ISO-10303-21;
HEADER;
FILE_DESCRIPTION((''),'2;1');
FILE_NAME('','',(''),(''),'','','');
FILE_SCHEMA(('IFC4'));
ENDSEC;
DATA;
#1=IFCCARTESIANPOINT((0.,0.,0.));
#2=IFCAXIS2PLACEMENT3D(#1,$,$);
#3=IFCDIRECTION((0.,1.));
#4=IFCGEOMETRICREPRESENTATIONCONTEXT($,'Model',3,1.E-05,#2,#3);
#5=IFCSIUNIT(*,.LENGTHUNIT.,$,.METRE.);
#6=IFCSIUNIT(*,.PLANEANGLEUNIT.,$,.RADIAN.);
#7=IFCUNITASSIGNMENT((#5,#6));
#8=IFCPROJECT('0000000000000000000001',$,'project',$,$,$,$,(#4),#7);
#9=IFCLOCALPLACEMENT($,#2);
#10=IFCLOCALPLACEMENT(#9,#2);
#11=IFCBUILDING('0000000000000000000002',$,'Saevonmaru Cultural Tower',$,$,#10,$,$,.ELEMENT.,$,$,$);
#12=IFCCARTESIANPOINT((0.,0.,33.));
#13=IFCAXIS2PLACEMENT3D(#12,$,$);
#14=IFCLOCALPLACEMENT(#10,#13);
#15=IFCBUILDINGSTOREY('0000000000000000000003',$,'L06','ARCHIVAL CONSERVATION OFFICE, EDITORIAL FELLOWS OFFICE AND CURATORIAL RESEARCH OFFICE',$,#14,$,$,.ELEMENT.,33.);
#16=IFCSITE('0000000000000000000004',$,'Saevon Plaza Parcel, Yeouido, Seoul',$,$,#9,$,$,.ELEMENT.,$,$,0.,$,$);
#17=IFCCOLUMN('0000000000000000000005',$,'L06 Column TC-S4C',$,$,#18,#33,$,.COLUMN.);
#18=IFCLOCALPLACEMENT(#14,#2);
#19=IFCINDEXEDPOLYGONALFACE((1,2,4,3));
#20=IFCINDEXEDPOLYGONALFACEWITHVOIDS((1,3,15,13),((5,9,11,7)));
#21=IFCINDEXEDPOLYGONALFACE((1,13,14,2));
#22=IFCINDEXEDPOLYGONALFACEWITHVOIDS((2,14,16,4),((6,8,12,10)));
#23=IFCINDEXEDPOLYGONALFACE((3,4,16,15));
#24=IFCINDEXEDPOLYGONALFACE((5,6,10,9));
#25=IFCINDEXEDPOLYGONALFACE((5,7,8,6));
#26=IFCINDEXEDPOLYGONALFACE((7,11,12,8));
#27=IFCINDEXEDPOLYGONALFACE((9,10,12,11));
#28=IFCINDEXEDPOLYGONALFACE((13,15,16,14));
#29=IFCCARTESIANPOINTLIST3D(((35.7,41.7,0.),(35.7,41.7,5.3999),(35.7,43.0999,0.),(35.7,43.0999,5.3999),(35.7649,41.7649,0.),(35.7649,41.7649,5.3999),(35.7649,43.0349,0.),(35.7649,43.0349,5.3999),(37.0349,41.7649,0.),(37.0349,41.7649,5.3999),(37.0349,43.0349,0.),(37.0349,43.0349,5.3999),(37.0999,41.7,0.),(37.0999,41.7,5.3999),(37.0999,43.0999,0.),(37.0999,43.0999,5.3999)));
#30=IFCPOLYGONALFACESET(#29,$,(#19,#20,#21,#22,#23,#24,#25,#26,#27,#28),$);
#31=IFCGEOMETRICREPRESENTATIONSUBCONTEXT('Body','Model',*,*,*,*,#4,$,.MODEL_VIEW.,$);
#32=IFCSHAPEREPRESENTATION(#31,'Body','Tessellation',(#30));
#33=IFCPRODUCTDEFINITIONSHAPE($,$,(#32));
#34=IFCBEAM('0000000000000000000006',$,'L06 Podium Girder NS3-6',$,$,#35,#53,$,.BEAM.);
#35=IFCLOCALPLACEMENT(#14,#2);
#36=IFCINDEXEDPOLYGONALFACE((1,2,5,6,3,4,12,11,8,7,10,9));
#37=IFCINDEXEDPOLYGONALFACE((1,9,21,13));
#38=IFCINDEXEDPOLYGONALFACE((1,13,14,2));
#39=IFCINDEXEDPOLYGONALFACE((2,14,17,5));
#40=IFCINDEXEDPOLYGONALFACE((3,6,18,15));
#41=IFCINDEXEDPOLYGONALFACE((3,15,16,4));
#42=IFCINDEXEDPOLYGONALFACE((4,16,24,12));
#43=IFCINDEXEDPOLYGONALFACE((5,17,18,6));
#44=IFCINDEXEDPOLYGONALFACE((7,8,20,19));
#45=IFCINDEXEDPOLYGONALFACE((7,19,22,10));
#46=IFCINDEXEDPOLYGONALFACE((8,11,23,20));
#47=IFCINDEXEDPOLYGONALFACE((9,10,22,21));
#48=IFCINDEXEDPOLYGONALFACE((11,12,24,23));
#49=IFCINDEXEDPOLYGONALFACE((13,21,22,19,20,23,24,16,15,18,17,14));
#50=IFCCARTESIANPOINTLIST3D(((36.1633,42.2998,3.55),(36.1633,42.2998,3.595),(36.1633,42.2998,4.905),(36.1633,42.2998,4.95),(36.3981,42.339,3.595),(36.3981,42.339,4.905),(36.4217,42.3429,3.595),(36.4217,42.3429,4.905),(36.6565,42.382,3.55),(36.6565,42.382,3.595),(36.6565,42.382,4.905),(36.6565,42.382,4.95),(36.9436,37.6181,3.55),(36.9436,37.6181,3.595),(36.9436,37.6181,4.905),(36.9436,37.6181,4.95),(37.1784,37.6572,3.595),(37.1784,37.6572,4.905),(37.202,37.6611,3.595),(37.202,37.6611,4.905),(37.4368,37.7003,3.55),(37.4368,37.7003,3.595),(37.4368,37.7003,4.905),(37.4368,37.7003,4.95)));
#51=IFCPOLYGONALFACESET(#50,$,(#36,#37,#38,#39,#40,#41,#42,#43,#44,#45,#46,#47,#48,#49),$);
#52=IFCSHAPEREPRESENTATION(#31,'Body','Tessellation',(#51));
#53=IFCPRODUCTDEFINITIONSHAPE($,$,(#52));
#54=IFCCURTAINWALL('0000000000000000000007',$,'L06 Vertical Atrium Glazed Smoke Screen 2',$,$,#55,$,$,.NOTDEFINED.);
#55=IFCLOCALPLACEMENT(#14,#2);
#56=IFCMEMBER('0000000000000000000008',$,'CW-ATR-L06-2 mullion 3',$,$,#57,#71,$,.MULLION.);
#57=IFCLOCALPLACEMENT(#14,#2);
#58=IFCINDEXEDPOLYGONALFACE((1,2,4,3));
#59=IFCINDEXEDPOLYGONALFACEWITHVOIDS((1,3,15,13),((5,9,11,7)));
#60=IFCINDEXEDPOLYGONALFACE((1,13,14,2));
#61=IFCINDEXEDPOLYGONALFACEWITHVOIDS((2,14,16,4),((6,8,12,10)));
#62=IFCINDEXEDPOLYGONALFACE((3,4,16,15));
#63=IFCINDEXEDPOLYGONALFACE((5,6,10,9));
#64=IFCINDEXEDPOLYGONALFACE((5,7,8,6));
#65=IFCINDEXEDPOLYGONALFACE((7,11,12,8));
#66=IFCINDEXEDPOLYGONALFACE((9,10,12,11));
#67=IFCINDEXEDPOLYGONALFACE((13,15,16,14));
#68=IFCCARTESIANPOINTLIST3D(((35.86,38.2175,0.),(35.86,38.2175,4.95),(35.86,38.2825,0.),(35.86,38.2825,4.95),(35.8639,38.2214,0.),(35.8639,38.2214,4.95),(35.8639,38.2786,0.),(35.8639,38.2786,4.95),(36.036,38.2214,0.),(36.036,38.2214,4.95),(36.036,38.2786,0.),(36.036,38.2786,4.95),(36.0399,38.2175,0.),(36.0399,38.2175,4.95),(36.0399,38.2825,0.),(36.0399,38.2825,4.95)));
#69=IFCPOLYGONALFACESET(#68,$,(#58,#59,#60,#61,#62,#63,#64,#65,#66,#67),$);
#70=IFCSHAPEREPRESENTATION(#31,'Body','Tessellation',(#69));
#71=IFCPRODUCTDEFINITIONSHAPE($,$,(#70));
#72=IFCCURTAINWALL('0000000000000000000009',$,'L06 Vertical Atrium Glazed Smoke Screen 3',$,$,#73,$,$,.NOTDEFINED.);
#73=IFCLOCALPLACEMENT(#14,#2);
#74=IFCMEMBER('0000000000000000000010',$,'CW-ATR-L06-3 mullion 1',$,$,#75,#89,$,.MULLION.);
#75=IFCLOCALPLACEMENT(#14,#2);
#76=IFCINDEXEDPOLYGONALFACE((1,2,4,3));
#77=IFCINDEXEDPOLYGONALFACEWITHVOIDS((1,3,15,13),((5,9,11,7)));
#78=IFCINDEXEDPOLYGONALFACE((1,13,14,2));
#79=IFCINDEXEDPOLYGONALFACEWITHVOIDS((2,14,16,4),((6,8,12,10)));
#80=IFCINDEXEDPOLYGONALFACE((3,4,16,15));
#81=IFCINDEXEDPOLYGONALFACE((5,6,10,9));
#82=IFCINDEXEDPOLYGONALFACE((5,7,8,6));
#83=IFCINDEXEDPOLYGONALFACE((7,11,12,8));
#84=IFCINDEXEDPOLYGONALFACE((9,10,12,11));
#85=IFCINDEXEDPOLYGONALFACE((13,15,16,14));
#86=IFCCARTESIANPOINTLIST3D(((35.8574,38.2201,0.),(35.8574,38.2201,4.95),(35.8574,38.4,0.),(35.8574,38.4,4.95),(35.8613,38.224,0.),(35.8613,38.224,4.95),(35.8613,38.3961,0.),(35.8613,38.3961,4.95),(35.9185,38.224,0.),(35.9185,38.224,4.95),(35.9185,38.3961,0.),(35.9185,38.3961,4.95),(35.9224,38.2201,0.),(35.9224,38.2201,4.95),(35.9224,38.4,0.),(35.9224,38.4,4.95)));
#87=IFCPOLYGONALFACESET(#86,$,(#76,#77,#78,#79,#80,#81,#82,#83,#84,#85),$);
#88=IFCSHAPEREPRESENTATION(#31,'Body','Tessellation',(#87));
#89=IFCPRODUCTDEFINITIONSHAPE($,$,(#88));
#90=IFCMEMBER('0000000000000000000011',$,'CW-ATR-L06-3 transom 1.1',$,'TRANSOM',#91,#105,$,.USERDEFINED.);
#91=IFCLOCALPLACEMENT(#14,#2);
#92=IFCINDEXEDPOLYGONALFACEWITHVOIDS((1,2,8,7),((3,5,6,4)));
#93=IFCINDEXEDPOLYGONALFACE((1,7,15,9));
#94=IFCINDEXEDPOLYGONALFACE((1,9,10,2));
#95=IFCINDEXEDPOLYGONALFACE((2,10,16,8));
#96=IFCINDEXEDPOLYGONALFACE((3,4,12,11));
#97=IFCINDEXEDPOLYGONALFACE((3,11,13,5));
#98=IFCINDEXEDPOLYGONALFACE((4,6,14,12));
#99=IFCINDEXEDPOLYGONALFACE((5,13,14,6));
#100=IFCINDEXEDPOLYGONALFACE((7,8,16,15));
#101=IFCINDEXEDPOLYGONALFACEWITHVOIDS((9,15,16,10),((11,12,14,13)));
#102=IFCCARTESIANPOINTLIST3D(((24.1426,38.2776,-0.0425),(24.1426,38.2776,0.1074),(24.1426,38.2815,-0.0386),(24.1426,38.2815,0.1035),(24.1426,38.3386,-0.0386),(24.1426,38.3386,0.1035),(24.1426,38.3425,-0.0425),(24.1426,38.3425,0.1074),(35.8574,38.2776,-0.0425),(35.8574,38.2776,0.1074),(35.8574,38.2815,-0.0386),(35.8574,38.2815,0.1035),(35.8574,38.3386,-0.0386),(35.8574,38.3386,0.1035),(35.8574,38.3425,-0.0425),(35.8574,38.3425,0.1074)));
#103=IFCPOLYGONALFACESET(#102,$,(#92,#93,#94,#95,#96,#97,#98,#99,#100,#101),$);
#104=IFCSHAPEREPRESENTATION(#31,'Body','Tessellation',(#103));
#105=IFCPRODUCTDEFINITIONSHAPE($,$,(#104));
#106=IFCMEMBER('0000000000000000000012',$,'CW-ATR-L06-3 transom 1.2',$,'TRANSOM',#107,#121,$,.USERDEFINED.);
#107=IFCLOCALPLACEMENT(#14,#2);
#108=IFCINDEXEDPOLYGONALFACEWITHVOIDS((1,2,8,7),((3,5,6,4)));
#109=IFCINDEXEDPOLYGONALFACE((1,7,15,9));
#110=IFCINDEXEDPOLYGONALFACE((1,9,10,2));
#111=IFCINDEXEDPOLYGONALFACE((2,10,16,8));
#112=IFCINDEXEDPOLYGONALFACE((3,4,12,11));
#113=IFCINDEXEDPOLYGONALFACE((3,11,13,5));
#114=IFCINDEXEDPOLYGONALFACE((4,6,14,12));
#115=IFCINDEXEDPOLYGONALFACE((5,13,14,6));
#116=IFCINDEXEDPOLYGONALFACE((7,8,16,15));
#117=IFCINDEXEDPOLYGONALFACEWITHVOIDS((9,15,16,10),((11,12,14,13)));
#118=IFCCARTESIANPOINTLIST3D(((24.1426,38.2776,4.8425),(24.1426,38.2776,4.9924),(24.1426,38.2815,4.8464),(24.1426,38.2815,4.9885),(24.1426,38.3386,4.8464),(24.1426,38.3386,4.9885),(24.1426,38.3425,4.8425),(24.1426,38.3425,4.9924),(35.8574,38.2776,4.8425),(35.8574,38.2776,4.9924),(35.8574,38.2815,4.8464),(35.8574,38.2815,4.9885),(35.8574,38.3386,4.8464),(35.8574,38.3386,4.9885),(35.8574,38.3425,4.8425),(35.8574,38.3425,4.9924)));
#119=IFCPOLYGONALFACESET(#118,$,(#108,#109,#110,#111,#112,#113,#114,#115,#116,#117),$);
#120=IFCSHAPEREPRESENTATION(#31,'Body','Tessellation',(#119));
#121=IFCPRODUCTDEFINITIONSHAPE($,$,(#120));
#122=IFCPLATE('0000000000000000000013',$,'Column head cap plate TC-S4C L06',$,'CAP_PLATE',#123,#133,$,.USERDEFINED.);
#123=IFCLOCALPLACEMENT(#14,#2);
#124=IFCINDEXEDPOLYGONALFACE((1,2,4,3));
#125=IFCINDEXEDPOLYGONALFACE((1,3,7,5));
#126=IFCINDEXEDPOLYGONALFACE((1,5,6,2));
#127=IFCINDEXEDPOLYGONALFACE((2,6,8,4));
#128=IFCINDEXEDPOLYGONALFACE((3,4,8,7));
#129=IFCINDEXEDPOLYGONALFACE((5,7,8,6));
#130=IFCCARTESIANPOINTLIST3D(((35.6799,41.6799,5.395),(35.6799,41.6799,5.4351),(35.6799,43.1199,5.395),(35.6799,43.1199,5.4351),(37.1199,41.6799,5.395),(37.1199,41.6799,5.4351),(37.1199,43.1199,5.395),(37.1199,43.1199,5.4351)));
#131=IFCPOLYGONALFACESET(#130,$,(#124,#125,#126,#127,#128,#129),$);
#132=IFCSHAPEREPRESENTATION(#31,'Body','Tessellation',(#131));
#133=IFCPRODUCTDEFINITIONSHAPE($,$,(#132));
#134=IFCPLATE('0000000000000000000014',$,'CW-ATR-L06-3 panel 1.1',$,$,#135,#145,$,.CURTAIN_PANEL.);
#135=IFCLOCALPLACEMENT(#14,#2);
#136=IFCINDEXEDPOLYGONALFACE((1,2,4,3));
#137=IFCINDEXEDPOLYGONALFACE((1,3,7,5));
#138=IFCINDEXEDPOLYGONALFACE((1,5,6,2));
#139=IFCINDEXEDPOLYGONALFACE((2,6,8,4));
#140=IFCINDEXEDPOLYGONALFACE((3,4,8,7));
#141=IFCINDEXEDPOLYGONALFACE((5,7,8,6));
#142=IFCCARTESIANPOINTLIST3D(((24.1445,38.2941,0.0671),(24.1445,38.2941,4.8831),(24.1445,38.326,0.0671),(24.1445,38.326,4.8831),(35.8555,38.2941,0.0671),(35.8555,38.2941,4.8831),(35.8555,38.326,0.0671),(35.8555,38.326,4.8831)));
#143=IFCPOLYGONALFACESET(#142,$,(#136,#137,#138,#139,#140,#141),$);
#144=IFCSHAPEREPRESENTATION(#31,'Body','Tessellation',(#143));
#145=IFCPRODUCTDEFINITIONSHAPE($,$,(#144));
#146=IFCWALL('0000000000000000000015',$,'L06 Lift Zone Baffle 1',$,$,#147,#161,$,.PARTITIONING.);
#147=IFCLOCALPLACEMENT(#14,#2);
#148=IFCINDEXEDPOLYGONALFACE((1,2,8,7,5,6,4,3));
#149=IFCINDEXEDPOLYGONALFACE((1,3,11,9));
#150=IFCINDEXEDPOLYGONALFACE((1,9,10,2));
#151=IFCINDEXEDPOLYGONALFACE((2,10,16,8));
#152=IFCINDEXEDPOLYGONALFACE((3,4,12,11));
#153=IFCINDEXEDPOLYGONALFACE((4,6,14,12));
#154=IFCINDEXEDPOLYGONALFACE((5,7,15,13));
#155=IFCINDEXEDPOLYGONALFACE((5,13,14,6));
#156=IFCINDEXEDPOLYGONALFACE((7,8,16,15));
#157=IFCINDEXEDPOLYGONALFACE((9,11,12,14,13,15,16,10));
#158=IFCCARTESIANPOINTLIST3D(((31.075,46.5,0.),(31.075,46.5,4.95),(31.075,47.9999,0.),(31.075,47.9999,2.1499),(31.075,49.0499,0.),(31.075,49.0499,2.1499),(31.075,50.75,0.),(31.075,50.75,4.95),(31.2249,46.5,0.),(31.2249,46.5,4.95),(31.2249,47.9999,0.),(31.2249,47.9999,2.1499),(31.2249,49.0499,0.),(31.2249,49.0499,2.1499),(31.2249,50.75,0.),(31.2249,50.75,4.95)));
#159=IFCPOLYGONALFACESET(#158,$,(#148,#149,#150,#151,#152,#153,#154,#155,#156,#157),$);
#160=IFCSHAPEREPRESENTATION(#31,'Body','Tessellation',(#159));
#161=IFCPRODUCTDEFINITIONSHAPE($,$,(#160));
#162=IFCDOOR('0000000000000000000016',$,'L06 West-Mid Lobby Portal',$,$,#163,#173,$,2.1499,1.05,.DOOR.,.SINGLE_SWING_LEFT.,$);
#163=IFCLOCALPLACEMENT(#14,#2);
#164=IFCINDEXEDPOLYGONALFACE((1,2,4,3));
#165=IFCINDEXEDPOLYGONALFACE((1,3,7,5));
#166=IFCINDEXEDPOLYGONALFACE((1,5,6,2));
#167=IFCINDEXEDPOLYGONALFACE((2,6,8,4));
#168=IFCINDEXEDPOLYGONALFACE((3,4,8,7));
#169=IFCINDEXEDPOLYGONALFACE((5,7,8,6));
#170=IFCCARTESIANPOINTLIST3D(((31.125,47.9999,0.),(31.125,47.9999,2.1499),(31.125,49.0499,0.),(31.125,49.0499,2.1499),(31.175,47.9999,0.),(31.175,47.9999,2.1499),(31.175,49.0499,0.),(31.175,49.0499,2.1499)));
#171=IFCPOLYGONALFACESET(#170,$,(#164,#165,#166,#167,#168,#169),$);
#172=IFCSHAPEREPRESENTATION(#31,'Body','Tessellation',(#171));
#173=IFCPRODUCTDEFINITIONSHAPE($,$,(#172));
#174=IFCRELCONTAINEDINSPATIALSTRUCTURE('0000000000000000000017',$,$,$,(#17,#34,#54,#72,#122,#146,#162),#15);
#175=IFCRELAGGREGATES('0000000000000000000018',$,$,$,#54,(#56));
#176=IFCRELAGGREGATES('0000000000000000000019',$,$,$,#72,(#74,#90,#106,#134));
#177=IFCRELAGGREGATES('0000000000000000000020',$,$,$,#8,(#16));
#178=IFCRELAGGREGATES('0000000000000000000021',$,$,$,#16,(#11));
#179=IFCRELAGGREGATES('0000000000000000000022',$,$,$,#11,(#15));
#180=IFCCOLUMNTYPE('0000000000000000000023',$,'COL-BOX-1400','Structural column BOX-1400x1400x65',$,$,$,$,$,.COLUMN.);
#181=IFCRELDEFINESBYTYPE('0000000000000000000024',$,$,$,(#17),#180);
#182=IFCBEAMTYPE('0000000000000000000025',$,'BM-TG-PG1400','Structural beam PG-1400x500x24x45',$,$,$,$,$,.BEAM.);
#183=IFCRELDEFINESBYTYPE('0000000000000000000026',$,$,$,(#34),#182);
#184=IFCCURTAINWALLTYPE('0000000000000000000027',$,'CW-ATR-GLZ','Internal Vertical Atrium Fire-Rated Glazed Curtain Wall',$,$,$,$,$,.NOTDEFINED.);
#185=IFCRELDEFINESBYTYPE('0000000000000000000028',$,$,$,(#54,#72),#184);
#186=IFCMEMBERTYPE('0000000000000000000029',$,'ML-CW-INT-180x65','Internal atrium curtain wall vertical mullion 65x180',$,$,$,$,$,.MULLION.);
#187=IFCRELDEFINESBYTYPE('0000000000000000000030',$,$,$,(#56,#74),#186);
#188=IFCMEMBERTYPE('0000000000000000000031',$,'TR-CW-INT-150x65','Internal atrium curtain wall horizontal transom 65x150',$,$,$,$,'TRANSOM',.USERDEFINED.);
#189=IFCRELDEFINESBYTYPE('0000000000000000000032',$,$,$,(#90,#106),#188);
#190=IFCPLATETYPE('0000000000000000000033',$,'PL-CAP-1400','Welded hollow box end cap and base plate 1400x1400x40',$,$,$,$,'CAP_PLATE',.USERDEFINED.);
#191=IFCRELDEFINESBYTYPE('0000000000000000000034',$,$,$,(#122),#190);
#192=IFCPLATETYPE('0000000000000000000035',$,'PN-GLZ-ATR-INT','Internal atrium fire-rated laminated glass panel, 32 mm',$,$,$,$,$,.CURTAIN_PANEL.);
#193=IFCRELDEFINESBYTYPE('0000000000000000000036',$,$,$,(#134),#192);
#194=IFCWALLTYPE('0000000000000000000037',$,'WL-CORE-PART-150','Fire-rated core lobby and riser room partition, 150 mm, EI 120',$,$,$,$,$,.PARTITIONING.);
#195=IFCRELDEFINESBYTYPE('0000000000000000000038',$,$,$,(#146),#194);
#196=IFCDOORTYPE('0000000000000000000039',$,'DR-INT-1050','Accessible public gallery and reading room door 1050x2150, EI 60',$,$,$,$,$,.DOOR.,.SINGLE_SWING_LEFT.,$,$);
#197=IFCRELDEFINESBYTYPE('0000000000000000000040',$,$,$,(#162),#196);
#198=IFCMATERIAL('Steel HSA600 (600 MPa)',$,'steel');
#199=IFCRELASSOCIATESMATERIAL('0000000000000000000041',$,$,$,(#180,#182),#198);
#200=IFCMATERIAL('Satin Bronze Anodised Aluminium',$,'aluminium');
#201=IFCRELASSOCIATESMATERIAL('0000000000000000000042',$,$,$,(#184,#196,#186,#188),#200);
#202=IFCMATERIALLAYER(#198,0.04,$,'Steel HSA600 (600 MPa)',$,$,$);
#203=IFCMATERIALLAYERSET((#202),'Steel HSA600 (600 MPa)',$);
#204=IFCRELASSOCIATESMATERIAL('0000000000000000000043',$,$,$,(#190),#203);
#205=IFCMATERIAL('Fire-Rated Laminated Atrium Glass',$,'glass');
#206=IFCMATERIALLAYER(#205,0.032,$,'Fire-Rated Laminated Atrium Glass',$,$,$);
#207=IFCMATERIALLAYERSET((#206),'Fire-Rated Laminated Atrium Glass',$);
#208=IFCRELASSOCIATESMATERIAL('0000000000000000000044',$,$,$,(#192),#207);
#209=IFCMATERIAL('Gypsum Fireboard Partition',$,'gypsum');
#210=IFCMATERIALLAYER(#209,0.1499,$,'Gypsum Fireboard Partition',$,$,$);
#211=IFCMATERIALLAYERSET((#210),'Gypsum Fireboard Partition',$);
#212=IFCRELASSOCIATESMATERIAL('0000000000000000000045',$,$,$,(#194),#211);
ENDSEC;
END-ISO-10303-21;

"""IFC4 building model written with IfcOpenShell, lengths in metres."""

from ifc_helpers import new_model, si_unit, direction, frame, frame_2d, origin, origin_2d, place, context, subcontext, project, spatial, rectangle, hollow_rectangle, i_section, extrude, material, layer, layer_set, material_profile, profile_set, type_object, element, fill, aggregate, save


model = new_model("IFC4")

# Units and contexts
model_context = context("Model", 3, precision=1e-05, world=origin(), true_north=direction((0.0, 1.0)))
body_context = subcontext(model_context, "Body", "Model", "MODEL_VIEW")
ifc_project = project(units=[si_unit("LENGTHUNIT", "METRE"), si_unit("PLANEANGLEUNIT", "RADIAN")], contexts=[model_context])

# Site, building, storey
site_placement = place(None, origin())
site = spatial("IfcSite", under=ifc_project, at=site_placement, Name="Saevon Plaza Parcel, Yeouido, Seoul", CompositionType="ELEMENT", RefElevation=0.0)
building_placement = place(site_placement, origin())
building = spatial("IfcBuilding", under=site, at=building_placement, Name="Saevonmaru Cultural Tower", CompositionType="ELEMENT")
storey_placement = place(building_placement, frame((0.0, 0.0, 33.0)))
storey = spatial("IfcBuildingStorey", under=building, at=storey_placement, Name="L06", Description="ARCHIVAL CONSERVATION OFFICE, EDITORIAL FELLOWS OFFICE AND CURATORIAL RESEARCH OFFICE", CompositionType="ELEMENT", Elevation=33.0)

# Column
ifc_material_1 = material(Name="Steel HSA600 (600 MPa)", Category="steel")
ifc_material_profile_1 = material_profile(ifc_material_1, hollow_rectangle(XDim=1.3999, YDim=1.3999, WallThickness=0.0649, at=origin_2d()), Name="BOX-1400x1400x65")
ifc_profile_set_1 = profile_set([ifc_material_profile_1], Name="Steel HSA600 (600 MPa)")
column_type = type_object("IfcColumnType", Name="COL-BOX-1400", Description="Structural column BOX-1400x1400x65", PredefinedType="COLUMN", material=ifc_profile_set_1)
column_placement = place(storey_placement, frame((36.3999, 42.3999, 0.0), z_axis=(0.0, 0.0, 1.0), x_axis=(1.0, 0.0, 0.0)))
element("IfcColumn", 1, at=column_placement, inside=storey, type_object=column_type, Name="L06 Column TC-S4C", PredefinedType="COLUMN", context=body_context, shape_type="SweptSolid", body=[
    extrude(hollow_rectangle(XDim=1.3999, YDim=1.3999, WallThickness=0.0649, at=origin_2d()), origin(), (0.0, 0.0, 1.0), 5.3999),
])

# Beam
ifc_material_profile_2 = material_profile(ifc_material_1, i_section(OverallWidth=0.5, OverallDepth=1.3999, WebThickness=0.0239, FlangeThickness=0.0449, at=origin_2d()), Name="PG-1400x500x24x45")
ifc_profile_set_2 = profile_set([ifc_material_profile_2], Name="Steel HSA600 (600 MPa)")
beam_type = type_object("IfcBeamType", Name="BM-TG-PG1400", Description="Structural beam PG-1400x500x24x45", PredefinedType="BEAM", material=ifc_profile_set_2)
beam_placement = place(storey_placement, frame((37.1902, 37.6592, 4.25), z_axis=(-0.164399, 0.986394, 0.0), x_axis=(-0.986394, -0.164399, 0.0)))
element("IfcBeam", 2, at=beam_placement, inside=storey, type_object=beam_type, Name="L06 Podium Girder NS3-6", PredefinedType="BEAM", context=body_context, shape_type="SweptSolid", body=[
    extrude(i_section(OverallWidth=0.5, OverallDepth=1.3999, WebThickness=0.0239, FlangeThickness=0.0449, at=origin_2d()), origin(), (0.0, 0.0, 1.0), 4.7463),
])

# Curtain wall, member
ifc_material_2 = material(Name="Satin Bronze Anodised Aluminium", Category="aluminium")
curtain_wall_type = type_object("IfcCurtainWallType", Name="CW-ATR-GLZ", Description="Internal Vertical Atrium Fire-Rated Glazed Curtain Wall", PredefinedType="NOTDEFINED", material=ifc_material_2)
curtain_wall_1_placement = place(storey_placement, origin())
curtain_wall_1 = element("IfcCurtainWall", 3, at=curtain_wall_1_placement, inside=storey, type_object=curtain_wall_type, Name="L06 Vertical Atrium Glazed Smoke Screen 2", PredefinedType="NOTDEFINED")
ifc_material_profile_3 = material_profile(ifc_material_2, hollow_rectangle(XDim=0.0649, YDim=0.1799, WallThickness=0.0039, at=origin_2d()), Name="ALU-MULL-180x65x4")
ifc_profile_set_3 = profile_set([ifc_material_profile_3], Name="Satin Bronze Anodised Aluminium")
member_type_1 = type_object("IfcMemberType", Name="ML-CW-INT-180x65", Description="Internal atrium curtain wall vertical mullion 65x180", PredefinedType="MULLION", material=ifc_profile_set_3)
member_1_placement = place(storey_placement, frame((35.95, 38.25, 0.0), z_axis=(0.0, 0.0, 1.0), x_axis=(0.0, 1.0, 0.0)))
member_1 = element("IfcMember", 4, at=member_1_placement, type_object=member_type_1, Name="CW-ATR-L06-2 mullion 3", PredefinedType="MULLION", context=body_context, shape_type="SweptSolid", body=[
    extrude(hollow_rectangle(XDim=0.0649, YDim=0.1799, WallThickness=0.0039, at=origin_2d()), origin(), (0.0, 0.0, 1.0), 4.95),
])
aggregate(curtain_wall_1, [member_1])

# Curtain wall, members
curtain_wall_2_placement = place(storey_placement, origin())
curtain_wall_2 = element("IfcCurtainWall", 5, at=curtain_wall_2_placement, inside=storey, type_object=curtain_wall_type, Name="L06 Vertical Atrium Glazed Smoke Screen 3", PredefinedType="NOTDEFINED")
member_2_placement = place(storey_placement, frame((35.8899, 38.3101, 0.0), z_axis=(0.0, 0.0, 1.0), x_axis=(-1.0, 0.0, 0.0)))
member_2 = element("IfcMember", 6, at=member_2_placement, type_object=member_type_1, Name="CW-ATR-L06-3 mullion 1", PredefinedType="MULLION", context=body_context, shape_type="SweptSolid", body=[
    extrude(hollow_rectangle(XDim=0.0649, YDim=0.1799, WallThickness=0.0039, at=origin_2d()), origin(), (0.0, 0.0, 1.0), 4.95),
])
ifc_material_profile_4 = material_profile(ifc_material_2, hollow_rectangle(XDim=0.0649, YDim=0.1499, WallThickness=0.0039, at=origin_2d()), Name="ALU-TRAN-150x65x4")
ifc_profile_set_4 = profile_set([ifc_material_profile_4], Name="Satin Bronze Anodised Aluminium")
member_type_2 = type_object("IfcMemberType", Name="TR-CW-INT-150x65", Description="Internal atrium curtain wall horizontal transom 65x150", ElementType="TRANSOM", PredefinedType="USERDEFINED", material=ifc_profile_set_4)
member_3_placement = place(storey_placement, frame((35.8574, 38.3101, 0.0325), z_axis=(-1.0, 0.0, 0.0), x_axis=(0.0, -1.0, 0.0)))
member_3 = element("IfcMember", 7, at=member_3_placement, type_object=member_type_2, Name="CW-ATR-L06-3 transom 1.1", ObjectType="TRANSOM", PredefinedType="USERDEFINED", context=body_context, shape_type="SweptSolid", body=[
    extrude(hollow_rectangle(XDim=0.0649, YDim=0.1499, WallThickness=0.0039, at=origin_2d()), origin(), (0.0, 0.0, 1.0), 11.7148),
])
member_4_placement = place(storey_placement, frame((35.8574, 38.3101, 4.9175), z_axis=(-1.0, 0.0, 0.0), x_axis=(0.0, -1.0, 0.0)))
member_4 = element("IfcMember", 8, at=member_4_placement, type_object=member_type_2, Name="CW-ATR-L06-3 transom 1.2", ObjectType="TRANSOM", PredefinedType="USERDEFINED", context=body_context, shape_type="SweptSolid", body=[
    extrude(hollow_rectangle(XDim=0.0649, YDim=0.1499, WallThickness=0.0039, at=origin_2d()), origin(), (0.0, 0.0, 1.0), 11.7148),
])

# Plates
ifc_layer_1 = layer(ifc_material_1, 0.04, Name="Steel HSA600 (600 MPa)")
ifc_layer_set_1 = layer_set([ifc_layer_1], Name="Steel HSA600 (600 MPa)")
plate_type_1 = type_object("IfcPlateType", Name="PL-CAP-1400", Description="Welded hollow box end cap and base plate 1400x1400x40", ElementType="CAP_PLATE", PredefinedType="USERDEFINED", material=ifc_layer_set_1)
plate_1_placement = place(storey_placement, frame((36.3999, 42.3999, 5.395), z_axis=(0.0, 0.0, 1.0), x_axis=(1.0, 0.0, 0.0)))
element("IfcPlate", 9, at=plate_1_placement, inside=storey, type_object=plate_type_1, Name="Column head cap plate TC-S4C L06", ObjectType="CAP_PLATE", PredefinedType="USERDEFINED", context=body_context, shape_type="SweptSolid", body=[
    extrude(rectangle(XDim=1.4399, YDim=1.4399, at=origin_2d()), origin(), (0.0, 0.0, 1.0), 0.04),
])
ifc_material_3 = material(Name="Fire-Rated Laminated Atrium Glass", Category="glass")
ifc_layer_2 = layer(ifc_material_3, 0.032, Name="Fire-Rated Laminated Atrium Glass")
ifc_layer_set_2 = layer_set([ifc_layer_2], Name="Fire-Rated Laminated Atrium Glass")
plate_type_2 = type_object("IfcPlateType", Name="PN-GLZ-ATR-INT", Description="Internal atrium fire-rated laminated glass panel, 32 mm", PredefinedType="CURTAIN_PANEL", material=ifc_layer_set_2)
plate_2_placement = place(storey_placement, frame((30.0, 38.3101, 0.0671), z_axis=(0.0, 0.0, 1.0), x_axis=(-1.0, 0.0, 0.0)))
plate_2 = element("IfcPlate", 10, at=plate_2_placement, type_object=plate_type_2, Name="CW-ATR-L06-3 panel 1.1", PredefinedType="CURTAIN_PANEL", context=body_context, shape_type="SweptSolid", body=[
    extrude(rectangle(XDim=11.7109, YDim=0.032, at=origin_2d()), origin(), (0.0, 0.0, 1.0), 4.8159),
])
aggregate(curtain_wall_2, [member_2, member_3, member_4, plate_2])

# Wall, opening, door
ifc_material_4 = material(Name="Gypsum Fireboard Partition", Category="gypsum")
ifc_layer_3 = layer(ifc_material_4, 0.1499, Name="Gypsum Fireboard Partition")
ifc_layer_set_3 = layer_set([ifc_layer_3], Name="Gypsum Fireboard Partition")
wall_type_1 = type_object("IfcWallType", Name="WL-CORE-PART-150", Description="Fire-rated core lobby and riser room partition, 150 mm, EI 120", PredefinedType="PARTITIONING", material=ifc_layer_set_3)
wall_1_placement = place(storey_placement, frame((31.1499, 46.5, 0.0), z_axis=(0.0, 0.0, 1.0), x_axis=(0.0, 1.0, 0.0)))
wall_1 = element("IfcWall", 11, at=wall_1_placement, inside=storey, type_object=wall_type_1, Name="L06 Lift Zone Baffle 1", PredefinedType="PARTITIONING", context=body_context, shape_type="SweptSolid", body=[
    extrude(rectangle(XDim=4.25, YDim=0.1499, at=frame_2d((2.125, 0.0))), origin(), (0.0, 0.0, 1.0), 4.95),
])
opening_1_placement = place(wall_1_placement, frame((1.5, 0.0, 0.0)))
opening_1 = element("IfcOpeningElement", 12, at=opening_1_placement, cuts=wall_1, PredefinedType="OPENING", context=body_context, shape_type="SweptSolid", body=[
    extrude(rectangle(XDim=1.05, YDim=2.1499, at=frame_2d((0.5249, 1.075))), frame((0.0, 0.085, 0.0), z_axis=(0.0, -1.0, 0.0), x_axis=(1.0, 0.0, 0.0)), (0.0, 0.0, 1.0), 0.1699),
])
door_type_1 = type_object("IfcDoorType", Name="DR-INT-1050", Description="Accessible public gallery and reading room door 1050x2150, EI 60", OperationType="SINGLE_SWING_LEFT", PredefinedType="DOOR", material=ifc_material_2)
door_1_placement = place(opening_1_placement, origin())
door_1 = element("IfcDoor", 13, at=door_1_placement, inside=storey, type_object=door_type_1, Name="L06 West-Mid Lobby Portal", OperationType="SINGLE_SWING_LEFT", OverallHeight=2.1499, OverallWidth=1.05, PredefinedType="DOOR", context=body_context, shape_type="SweptSolid", body=[
    extrude(rectangle(XDim=1.05, YDim=2.1499, at=frame_2d((0.5249, 1.075))), frame((0.0, 0.0249, 0.0), z_axis=(0.0, -1.0, 0.0), x_axis=(1.0, 0.0, 0.0)), (0.0, 0.0, 1.0), 0.05),
])
fill(opening_1, door_1)

save(model, "model.ifc")
